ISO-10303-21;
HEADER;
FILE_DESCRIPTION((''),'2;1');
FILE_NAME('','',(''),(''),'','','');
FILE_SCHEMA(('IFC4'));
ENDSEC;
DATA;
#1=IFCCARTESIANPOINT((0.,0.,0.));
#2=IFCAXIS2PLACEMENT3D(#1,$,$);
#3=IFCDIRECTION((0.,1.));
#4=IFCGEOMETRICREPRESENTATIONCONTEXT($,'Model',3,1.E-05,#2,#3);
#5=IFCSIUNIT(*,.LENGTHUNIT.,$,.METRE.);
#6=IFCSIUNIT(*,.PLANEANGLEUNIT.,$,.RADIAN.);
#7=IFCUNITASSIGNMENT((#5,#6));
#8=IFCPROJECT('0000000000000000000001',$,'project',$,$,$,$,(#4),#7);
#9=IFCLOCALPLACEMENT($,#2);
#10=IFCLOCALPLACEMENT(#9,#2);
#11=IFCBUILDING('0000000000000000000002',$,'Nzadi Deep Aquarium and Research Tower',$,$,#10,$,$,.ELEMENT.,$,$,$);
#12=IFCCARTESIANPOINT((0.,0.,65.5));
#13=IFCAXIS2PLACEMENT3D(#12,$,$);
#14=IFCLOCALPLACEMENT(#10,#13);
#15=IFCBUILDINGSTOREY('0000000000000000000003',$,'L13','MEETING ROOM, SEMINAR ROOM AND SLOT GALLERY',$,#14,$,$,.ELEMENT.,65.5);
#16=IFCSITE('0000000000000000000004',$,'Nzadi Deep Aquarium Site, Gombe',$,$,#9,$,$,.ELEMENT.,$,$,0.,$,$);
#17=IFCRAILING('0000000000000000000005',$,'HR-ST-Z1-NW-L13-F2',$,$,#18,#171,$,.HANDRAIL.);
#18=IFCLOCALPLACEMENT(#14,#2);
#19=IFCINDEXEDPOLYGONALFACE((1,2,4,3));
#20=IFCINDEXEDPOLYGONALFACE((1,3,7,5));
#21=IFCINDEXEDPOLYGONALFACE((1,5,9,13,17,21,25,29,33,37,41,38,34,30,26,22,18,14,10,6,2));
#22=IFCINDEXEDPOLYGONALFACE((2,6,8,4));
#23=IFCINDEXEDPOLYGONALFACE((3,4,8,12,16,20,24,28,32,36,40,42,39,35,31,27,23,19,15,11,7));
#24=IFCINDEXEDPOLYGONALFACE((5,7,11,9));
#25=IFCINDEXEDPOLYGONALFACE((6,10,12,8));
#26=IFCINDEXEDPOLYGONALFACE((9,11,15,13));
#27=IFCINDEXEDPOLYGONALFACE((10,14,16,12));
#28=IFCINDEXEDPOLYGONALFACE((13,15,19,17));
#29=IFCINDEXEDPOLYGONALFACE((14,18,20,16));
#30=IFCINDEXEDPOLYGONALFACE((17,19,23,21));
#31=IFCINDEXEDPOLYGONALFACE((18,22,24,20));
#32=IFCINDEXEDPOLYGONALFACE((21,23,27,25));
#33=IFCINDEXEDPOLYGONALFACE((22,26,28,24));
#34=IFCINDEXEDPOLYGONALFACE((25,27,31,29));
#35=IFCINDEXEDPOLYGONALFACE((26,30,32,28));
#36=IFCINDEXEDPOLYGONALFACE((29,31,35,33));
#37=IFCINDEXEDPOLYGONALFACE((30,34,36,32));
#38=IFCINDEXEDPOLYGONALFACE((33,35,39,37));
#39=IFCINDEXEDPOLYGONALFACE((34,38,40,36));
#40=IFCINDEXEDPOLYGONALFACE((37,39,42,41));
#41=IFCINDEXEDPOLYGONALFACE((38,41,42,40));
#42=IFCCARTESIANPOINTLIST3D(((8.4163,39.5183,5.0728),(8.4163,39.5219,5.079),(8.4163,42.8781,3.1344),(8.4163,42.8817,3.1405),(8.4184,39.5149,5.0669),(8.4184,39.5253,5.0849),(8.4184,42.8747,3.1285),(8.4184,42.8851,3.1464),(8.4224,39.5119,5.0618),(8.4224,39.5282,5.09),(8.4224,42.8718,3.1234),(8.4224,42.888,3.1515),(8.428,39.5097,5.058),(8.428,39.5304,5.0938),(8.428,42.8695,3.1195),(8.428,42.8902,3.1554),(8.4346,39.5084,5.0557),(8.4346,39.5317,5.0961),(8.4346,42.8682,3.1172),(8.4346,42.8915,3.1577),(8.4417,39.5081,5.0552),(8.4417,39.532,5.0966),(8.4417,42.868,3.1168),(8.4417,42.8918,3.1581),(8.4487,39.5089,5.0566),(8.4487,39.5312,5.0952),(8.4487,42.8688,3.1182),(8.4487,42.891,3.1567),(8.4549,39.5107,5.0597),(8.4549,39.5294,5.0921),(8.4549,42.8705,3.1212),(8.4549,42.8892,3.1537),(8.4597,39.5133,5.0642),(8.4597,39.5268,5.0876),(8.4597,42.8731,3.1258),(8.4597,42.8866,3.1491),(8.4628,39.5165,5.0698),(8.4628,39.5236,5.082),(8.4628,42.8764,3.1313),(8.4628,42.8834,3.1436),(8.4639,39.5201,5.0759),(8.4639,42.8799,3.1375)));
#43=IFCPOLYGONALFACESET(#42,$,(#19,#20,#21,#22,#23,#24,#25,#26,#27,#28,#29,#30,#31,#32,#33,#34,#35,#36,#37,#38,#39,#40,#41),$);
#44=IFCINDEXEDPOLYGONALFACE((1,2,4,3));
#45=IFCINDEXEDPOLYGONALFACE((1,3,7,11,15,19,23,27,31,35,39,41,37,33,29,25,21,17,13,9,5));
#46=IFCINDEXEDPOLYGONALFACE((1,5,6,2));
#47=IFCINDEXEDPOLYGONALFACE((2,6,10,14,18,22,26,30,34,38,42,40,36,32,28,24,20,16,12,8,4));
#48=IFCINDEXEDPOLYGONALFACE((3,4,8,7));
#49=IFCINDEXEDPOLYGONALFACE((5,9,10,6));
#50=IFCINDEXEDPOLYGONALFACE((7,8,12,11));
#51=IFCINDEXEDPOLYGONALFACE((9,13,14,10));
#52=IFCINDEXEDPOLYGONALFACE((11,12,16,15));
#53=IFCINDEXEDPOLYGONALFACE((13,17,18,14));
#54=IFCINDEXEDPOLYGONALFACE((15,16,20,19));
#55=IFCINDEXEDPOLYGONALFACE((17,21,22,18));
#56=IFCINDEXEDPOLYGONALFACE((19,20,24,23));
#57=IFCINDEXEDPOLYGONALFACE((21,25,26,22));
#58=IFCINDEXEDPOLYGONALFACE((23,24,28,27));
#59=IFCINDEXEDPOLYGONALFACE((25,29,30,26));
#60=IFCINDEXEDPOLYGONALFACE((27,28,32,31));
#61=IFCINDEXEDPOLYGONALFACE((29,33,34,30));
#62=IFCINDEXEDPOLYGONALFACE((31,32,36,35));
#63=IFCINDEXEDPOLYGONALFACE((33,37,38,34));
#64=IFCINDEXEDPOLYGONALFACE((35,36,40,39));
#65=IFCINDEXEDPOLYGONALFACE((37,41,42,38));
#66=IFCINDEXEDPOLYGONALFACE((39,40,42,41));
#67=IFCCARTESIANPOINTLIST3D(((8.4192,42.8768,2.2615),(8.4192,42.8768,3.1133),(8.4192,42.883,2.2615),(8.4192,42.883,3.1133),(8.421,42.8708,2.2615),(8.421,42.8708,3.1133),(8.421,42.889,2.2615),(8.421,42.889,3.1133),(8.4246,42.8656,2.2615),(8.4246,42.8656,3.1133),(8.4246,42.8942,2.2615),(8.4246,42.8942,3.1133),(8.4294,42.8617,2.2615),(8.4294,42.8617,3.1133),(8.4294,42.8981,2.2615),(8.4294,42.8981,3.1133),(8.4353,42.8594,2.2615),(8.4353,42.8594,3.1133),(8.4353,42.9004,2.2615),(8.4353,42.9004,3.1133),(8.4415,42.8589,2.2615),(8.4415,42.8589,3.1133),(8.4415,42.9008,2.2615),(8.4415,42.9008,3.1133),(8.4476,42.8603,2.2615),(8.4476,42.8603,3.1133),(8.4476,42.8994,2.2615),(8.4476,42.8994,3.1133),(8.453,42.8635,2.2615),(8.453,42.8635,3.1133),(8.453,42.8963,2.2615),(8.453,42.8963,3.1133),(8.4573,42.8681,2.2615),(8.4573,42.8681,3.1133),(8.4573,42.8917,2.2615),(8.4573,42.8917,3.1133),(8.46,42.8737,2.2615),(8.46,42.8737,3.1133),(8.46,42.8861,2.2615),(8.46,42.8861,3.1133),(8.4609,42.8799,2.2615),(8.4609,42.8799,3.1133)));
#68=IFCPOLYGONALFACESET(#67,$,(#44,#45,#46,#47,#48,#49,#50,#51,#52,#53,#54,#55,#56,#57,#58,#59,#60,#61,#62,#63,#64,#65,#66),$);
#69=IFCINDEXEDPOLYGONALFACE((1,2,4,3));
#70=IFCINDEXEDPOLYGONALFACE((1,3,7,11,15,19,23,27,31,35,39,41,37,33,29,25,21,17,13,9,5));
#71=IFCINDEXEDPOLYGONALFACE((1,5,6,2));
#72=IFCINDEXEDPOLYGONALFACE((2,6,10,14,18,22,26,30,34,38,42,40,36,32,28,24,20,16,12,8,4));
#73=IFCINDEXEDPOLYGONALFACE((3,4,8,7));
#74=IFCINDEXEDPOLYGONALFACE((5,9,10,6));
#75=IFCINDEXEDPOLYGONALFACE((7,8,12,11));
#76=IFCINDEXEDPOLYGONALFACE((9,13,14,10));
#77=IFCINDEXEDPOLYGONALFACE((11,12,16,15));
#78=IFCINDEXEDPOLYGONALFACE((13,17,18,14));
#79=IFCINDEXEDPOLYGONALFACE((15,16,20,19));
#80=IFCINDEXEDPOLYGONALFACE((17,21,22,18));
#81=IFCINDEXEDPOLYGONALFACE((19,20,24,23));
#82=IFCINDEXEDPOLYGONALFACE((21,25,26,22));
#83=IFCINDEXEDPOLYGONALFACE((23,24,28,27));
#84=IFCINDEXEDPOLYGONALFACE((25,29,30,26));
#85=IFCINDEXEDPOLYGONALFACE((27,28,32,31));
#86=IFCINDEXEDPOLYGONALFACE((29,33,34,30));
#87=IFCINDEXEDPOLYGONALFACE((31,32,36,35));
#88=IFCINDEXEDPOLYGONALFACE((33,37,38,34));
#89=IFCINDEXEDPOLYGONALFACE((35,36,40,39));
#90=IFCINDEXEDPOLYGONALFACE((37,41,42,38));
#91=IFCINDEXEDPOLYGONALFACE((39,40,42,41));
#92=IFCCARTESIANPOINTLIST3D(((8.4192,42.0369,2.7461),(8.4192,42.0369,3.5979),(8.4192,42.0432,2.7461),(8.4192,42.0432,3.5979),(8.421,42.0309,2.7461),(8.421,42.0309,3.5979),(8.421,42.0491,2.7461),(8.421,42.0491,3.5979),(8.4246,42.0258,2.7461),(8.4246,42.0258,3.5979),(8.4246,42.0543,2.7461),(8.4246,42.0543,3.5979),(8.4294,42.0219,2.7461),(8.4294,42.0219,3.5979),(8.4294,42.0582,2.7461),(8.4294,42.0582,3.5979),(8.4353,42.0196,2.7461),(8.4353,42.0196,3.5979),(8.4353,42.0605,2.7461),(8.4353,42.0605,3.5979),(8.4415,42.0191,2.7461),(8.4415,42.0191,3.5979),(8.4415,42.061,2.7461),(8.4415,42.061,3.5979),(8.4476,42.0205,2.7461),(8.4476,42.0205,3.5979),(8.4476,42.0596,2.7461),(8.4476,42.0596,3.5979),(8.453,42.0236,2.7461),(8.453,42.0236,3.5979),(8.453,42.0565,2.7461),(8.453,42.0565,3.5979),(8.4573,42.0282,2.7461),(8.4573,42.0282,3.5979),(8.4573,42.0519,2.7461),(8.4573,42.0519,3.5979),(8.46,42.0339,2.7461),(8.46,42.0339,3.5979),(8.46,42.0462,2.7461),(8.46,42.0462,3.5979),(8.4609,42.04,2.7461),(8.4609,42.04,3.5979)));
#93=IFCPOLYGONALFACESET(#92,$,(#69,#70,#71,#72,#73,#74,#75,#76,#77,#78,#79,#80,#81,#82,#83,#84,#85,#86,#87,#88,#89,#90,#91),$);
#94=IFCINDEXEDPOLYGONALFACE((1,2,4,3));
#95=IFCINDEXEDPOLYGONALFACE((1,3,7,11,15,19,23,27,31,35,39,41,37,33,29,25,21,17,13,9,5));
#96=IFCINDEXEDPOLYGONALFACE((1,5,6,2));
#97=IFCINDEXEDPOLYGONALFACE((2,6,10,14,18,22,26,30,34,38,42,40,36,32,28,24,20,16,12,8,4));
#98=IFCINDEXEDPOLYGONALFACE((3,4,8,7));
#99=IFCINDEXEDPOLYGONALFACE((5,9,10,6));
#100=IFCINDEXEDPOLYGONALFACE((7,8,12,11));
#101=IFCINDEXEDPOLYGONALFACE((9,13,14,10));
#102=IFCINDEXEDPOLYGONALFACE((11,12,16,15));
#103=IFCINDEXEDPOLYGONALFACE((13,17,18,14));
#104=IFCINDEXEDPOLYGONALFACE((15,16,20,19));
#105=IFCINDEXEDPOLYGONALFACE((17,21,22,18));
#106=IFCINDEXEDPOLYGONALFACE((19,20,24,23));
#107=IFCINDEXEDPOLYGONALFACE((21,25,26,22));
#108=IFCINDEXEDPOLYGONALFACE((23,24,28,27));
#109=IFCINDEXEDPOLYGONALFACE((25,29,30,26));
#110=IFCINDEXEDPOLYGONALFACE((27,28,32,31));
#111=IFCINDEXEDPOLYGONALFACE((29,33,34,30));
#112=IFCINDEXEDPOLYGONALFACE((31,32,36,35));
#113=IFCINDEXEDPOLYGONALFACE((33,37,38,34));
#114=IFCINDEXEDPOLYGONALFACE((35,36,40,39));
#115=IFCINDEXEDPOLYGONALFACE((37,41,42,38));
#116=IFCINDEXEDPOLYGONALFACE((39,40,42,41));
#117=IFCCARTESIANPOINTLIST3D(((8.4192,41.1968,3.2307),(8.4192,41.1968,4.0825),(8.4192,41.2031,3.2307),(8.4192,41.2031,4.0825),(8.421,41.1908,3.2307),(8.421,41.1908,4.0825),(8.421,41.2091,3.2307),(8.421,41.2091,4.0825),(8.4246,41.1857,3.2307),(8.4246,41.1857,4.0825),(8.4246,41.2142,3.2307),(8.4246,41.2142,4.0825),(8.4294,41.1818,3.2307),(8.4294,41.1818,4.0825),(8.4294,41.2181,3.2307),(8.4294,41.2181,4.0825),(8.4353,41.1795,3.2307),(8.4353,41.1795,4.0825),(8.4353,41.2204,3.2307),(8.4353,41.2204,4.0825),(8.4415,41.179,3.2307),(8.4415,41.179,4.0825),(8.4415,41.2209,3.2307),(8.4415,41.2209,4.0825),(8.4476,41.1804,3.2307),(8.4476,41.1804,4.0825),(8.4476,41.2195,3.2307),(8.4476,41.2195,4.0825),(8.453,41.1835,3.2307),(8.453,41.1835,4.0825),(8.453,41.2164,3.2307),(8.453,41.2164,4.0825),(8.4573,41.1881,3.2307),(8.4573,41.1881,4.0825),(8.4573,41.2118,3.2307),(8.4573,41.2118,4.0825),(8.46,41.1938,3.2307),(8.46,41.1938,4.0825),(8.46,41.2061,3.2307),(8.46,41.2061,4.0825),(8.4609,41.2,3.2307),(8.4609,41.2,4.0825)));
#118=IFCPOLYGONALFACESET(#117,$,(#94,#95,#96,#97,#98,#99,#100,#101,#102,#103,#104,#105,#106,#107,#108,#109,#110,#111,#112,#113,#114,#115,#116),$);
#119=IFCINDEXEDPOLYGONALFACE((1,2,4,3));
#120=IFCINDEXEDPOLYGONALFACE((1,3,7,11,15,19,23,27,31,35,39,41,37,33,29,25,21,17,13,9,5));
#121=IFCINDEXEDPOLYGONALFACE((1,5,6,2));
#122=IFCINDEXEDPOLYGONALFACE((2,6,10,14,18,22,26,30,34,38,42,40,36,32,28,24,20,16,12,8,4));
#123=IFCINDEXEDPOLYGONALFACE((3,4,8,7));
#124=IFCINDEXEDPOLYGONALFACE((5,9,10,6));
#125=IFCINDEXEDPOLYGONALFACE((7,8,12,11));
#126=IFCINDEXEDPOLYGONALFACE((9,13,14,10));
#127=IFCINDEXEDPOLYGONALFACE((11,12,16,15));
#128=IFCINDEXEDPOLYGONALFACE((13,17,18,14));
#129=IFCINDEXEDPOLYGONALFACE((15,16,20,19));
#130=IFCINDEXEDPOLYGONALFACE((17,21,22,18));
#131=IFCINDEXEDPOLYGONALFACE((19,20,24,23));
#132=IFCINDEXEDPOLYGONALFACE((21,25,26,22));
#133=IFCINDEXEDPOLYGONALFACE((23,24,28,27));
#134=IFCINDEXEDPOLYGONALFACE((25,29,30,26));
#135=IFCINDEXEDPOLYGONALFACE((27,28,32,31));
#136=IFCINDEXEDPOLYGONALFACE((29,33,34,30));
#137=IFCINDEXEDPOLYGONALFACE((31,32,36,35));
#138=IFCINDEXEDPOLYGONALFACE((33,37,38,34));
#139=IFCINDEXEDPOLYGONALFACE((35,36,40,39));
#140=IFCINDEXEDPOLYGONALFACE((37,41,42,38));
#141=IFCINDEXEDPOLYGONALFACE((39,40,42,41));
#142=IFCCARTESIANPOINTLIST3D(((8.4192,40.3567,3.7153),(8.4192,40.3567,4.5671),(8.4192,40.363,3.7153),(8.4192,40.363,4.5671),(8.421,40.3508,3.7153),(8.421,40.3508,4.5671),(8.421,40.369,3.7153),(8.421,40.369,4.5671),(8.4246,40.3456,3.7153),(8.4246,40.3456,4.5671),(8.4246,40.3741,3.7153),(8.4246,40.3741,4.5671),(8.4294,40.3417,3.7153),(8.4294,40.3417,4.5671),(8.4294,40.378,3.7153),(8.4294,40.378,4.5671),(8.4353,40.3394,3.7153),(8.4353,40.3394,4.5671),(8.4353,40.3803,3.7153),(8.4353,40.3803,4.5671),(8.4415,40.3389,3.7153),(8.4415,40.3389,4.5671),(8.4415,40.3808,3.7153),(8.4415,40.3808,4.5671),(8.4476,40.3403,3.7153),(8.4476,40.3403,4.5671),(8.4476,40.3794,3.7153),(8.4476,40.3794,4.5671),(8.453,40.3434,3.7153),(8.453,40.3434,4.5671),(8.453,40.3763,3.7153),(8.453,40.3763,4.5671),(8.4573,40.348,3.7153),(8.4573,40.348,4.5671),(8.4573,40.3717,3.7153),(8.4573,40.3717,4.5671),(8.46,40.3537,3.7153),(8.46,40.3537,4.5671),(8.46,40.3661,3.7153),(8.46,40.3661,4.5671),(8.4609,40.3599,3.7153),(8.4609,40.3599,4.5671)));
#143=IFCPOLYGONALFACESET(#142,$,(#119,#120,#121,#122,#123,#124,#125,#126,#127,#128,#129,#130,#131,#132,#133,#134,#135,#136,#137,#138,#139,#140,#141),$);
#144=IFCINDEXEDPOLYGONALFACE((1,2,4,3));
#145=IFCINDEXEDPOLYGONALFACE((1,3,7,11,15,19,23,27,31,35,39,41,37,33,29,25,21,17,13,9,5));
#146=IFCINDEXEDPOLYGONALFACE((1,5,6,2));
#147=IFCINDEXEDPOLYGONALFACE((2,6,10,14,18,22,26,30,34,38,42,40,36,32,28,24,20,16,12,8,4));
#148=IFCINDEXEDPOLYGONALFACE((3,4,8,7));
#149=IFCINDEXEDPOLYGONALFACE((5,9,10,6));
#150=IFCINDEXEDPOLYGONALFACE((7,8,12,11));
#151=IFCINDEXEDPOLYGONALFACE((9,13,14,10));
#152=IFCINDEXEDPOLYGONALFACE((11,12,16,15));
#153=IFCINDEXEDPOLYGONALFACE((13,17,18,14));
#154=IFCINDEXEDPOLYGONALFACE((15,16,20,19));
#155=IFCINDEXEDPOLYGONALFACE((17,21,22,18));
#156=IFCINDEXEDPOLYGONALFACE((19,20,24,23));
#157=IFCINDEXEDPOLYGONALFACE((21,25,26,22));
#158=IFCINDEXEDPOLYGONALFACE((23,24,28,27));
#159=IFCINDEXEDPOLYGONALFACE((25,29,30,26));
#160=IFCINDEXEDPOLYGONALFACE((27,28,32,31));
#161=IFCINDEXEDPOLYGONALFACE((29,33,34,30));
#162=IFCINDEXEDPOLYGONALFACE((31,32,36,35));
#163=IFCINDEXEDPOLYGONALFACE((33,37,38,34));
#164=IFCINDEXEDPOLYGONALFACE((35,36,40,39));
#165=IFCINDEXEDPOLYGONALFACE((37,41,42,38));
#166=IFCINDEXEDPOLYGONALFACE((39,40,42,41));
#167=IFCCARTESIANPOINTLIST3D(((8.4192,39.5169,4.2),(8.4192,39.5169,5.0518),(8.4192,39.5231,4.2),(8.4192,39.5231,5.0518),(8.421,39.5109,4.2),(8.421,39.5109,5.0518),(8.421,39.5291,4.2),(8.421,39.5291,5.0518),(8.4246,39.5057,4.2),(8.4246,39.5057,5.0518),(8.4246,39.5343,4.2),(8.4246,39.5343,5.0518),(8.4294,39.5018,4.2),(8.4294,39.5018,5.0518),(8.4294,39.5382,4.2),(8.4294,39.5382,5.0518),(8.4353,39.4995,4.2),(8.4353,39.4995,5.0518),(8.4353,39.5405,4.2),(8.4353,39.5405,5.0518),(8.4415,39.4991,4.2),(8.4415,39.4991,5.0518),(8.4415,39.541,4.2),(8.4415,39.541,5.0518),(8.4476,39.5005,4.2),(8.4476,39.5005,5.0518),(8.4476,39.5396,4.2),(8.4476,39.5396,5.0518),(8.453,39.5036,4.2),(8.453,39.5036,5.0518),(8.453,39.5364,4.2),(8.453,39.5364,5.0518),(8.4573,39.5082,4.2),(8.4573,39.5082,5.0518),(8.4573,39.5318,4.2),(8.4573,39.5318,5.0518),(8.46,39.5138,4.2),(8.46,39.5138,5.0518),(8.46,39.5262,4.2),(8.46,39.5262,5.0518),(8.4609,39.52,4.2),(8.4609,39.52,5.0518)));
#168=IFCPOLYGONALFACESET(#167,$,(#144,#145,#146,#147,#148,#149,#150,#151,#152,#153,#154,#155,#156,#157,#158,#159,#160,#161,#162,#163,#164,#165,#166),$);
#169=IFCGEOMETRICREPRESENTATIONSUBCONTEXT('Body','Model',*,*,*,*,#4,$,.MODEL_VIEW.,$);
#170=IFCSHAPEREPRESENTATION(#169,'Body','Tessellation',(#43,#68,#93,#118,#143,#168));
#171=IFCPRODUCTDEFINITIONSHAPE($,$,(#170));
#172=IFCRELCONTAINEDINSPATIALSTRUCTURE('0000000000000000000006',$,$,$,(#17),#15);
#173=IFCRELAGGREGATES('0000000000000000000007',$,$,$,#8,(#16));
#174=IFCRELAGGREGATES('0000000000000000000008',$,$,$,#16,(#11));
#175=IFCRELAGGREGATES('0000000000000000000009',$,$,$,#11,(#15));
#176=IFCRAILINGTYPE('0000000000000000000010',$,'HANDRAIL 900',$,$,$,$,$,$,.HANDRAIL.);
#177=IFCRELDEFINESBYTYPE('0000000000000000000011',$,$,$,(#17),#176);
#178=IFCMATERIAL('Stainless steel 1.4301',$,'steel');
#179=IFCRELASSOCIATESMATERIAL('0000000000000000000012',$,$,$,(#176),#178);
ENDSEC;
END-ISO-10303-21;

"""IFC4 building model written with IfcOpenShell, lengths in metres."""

from ifc_helpers import new_model, si_unit, direction, frame, origin, origin_2d, place, context, subcontext, project, spatial, circle, extrude, material, type_object, element, save


model = new_model("IFC4")

# Units and contexts
model_context = context("Model", 3, precision=1e-05, world=origin(), true_north=direction((0.0, 1.0)))
body_context = subcontext(model_context, "Body", "Model", "MODEL_VIEW")
ifc_project = project(units=[si_unit("LENGTHUNIT", "METRE"), si_unit("PLANEANGLEUNIT", "RADIAN")], contexts=[model_context])

# Site, building, storey
site_placement = place(None, origin())
site = spatial("IfcSite", under=ifc_project, at=site_placement, Name="Nzadi Deep Aquarium Site, Gombe", CompositionType="ELEMENT", RefElevation=0.0)
building_placement = place(site_placement, origin())
building = spatial("IfcBuilding", under=site, at=building_placement, Name="Nzadi Deep Aquarium and Research Tower", CompositionType="ELEMENT")
storey_placement = place(building_placement, frame((0.0, 0.0, 65.5)))
storey = spatial("IfcBuildingStorey", under=building, at=storey_placement, Name="L13", Description="MEETING ROOM, SEMINAR ROOM AND SLOT GALLERY", CompositionType="ELEMENT", Elevation=65.5)

# Railing
ifc_material_1 = material(Name="Stainless steel 1.4301", Category="steel")
railing_type = type_object("IfcRailingType", Name="HANDRAIL 900", PredefinedType="HANDRAIL", material=ifc_material_1)
railing_placement = place(storey_placement, frame((8.4399, 42.8799, 2.2615)))
element("IfcRailing", 1, at=railing_placement, inside=storey, type_object=railing_type, Name="HR-ST-Z1-NW-L13-F2", PredefinedType="HANDRAIL", context=body_context, shape_type="SweptSolid", body=[
    extrude(circle(Radius=0.0239, at=origin_2d()), frame((0.0, 0.0, 0.876), z_axis=(0.0, -0.866175, 0.499741), x_axis=(1.0, 0.0, 0.0)), (0.0, 0.0, 1.0), 3.8789),
    extrude(circle(Radius=0.021, at=origin_2d()), origin(), (0.0, 0.0, 1.0), 0.8518),
    extrude(circle(Radius=0.021, at=origin_2d()), frame((0.0, -0.8398, 0.4846)), (0.0, 0.0, 1.0), 0.8518),
    extrude(circle(Radius=0.021, at=origin_2d()), frame((0.0, -1.6799, 0.9692)), (0.0, 0.0, 1.0), 0.8518),
    extrude(circle(Radius=0.021, at=origin_2d()), frame((0.0, -2.52, 1.4539)), (0.0, 0.0, 1.0), 0.8518),
    extrude(circle(Radius=0.021, at=origin_2d()), frame((0.0, -3.3599, 1.9385)), (0.0, 0.0, 1.0), 0.8518),
])

save(model, "model.ifc")
